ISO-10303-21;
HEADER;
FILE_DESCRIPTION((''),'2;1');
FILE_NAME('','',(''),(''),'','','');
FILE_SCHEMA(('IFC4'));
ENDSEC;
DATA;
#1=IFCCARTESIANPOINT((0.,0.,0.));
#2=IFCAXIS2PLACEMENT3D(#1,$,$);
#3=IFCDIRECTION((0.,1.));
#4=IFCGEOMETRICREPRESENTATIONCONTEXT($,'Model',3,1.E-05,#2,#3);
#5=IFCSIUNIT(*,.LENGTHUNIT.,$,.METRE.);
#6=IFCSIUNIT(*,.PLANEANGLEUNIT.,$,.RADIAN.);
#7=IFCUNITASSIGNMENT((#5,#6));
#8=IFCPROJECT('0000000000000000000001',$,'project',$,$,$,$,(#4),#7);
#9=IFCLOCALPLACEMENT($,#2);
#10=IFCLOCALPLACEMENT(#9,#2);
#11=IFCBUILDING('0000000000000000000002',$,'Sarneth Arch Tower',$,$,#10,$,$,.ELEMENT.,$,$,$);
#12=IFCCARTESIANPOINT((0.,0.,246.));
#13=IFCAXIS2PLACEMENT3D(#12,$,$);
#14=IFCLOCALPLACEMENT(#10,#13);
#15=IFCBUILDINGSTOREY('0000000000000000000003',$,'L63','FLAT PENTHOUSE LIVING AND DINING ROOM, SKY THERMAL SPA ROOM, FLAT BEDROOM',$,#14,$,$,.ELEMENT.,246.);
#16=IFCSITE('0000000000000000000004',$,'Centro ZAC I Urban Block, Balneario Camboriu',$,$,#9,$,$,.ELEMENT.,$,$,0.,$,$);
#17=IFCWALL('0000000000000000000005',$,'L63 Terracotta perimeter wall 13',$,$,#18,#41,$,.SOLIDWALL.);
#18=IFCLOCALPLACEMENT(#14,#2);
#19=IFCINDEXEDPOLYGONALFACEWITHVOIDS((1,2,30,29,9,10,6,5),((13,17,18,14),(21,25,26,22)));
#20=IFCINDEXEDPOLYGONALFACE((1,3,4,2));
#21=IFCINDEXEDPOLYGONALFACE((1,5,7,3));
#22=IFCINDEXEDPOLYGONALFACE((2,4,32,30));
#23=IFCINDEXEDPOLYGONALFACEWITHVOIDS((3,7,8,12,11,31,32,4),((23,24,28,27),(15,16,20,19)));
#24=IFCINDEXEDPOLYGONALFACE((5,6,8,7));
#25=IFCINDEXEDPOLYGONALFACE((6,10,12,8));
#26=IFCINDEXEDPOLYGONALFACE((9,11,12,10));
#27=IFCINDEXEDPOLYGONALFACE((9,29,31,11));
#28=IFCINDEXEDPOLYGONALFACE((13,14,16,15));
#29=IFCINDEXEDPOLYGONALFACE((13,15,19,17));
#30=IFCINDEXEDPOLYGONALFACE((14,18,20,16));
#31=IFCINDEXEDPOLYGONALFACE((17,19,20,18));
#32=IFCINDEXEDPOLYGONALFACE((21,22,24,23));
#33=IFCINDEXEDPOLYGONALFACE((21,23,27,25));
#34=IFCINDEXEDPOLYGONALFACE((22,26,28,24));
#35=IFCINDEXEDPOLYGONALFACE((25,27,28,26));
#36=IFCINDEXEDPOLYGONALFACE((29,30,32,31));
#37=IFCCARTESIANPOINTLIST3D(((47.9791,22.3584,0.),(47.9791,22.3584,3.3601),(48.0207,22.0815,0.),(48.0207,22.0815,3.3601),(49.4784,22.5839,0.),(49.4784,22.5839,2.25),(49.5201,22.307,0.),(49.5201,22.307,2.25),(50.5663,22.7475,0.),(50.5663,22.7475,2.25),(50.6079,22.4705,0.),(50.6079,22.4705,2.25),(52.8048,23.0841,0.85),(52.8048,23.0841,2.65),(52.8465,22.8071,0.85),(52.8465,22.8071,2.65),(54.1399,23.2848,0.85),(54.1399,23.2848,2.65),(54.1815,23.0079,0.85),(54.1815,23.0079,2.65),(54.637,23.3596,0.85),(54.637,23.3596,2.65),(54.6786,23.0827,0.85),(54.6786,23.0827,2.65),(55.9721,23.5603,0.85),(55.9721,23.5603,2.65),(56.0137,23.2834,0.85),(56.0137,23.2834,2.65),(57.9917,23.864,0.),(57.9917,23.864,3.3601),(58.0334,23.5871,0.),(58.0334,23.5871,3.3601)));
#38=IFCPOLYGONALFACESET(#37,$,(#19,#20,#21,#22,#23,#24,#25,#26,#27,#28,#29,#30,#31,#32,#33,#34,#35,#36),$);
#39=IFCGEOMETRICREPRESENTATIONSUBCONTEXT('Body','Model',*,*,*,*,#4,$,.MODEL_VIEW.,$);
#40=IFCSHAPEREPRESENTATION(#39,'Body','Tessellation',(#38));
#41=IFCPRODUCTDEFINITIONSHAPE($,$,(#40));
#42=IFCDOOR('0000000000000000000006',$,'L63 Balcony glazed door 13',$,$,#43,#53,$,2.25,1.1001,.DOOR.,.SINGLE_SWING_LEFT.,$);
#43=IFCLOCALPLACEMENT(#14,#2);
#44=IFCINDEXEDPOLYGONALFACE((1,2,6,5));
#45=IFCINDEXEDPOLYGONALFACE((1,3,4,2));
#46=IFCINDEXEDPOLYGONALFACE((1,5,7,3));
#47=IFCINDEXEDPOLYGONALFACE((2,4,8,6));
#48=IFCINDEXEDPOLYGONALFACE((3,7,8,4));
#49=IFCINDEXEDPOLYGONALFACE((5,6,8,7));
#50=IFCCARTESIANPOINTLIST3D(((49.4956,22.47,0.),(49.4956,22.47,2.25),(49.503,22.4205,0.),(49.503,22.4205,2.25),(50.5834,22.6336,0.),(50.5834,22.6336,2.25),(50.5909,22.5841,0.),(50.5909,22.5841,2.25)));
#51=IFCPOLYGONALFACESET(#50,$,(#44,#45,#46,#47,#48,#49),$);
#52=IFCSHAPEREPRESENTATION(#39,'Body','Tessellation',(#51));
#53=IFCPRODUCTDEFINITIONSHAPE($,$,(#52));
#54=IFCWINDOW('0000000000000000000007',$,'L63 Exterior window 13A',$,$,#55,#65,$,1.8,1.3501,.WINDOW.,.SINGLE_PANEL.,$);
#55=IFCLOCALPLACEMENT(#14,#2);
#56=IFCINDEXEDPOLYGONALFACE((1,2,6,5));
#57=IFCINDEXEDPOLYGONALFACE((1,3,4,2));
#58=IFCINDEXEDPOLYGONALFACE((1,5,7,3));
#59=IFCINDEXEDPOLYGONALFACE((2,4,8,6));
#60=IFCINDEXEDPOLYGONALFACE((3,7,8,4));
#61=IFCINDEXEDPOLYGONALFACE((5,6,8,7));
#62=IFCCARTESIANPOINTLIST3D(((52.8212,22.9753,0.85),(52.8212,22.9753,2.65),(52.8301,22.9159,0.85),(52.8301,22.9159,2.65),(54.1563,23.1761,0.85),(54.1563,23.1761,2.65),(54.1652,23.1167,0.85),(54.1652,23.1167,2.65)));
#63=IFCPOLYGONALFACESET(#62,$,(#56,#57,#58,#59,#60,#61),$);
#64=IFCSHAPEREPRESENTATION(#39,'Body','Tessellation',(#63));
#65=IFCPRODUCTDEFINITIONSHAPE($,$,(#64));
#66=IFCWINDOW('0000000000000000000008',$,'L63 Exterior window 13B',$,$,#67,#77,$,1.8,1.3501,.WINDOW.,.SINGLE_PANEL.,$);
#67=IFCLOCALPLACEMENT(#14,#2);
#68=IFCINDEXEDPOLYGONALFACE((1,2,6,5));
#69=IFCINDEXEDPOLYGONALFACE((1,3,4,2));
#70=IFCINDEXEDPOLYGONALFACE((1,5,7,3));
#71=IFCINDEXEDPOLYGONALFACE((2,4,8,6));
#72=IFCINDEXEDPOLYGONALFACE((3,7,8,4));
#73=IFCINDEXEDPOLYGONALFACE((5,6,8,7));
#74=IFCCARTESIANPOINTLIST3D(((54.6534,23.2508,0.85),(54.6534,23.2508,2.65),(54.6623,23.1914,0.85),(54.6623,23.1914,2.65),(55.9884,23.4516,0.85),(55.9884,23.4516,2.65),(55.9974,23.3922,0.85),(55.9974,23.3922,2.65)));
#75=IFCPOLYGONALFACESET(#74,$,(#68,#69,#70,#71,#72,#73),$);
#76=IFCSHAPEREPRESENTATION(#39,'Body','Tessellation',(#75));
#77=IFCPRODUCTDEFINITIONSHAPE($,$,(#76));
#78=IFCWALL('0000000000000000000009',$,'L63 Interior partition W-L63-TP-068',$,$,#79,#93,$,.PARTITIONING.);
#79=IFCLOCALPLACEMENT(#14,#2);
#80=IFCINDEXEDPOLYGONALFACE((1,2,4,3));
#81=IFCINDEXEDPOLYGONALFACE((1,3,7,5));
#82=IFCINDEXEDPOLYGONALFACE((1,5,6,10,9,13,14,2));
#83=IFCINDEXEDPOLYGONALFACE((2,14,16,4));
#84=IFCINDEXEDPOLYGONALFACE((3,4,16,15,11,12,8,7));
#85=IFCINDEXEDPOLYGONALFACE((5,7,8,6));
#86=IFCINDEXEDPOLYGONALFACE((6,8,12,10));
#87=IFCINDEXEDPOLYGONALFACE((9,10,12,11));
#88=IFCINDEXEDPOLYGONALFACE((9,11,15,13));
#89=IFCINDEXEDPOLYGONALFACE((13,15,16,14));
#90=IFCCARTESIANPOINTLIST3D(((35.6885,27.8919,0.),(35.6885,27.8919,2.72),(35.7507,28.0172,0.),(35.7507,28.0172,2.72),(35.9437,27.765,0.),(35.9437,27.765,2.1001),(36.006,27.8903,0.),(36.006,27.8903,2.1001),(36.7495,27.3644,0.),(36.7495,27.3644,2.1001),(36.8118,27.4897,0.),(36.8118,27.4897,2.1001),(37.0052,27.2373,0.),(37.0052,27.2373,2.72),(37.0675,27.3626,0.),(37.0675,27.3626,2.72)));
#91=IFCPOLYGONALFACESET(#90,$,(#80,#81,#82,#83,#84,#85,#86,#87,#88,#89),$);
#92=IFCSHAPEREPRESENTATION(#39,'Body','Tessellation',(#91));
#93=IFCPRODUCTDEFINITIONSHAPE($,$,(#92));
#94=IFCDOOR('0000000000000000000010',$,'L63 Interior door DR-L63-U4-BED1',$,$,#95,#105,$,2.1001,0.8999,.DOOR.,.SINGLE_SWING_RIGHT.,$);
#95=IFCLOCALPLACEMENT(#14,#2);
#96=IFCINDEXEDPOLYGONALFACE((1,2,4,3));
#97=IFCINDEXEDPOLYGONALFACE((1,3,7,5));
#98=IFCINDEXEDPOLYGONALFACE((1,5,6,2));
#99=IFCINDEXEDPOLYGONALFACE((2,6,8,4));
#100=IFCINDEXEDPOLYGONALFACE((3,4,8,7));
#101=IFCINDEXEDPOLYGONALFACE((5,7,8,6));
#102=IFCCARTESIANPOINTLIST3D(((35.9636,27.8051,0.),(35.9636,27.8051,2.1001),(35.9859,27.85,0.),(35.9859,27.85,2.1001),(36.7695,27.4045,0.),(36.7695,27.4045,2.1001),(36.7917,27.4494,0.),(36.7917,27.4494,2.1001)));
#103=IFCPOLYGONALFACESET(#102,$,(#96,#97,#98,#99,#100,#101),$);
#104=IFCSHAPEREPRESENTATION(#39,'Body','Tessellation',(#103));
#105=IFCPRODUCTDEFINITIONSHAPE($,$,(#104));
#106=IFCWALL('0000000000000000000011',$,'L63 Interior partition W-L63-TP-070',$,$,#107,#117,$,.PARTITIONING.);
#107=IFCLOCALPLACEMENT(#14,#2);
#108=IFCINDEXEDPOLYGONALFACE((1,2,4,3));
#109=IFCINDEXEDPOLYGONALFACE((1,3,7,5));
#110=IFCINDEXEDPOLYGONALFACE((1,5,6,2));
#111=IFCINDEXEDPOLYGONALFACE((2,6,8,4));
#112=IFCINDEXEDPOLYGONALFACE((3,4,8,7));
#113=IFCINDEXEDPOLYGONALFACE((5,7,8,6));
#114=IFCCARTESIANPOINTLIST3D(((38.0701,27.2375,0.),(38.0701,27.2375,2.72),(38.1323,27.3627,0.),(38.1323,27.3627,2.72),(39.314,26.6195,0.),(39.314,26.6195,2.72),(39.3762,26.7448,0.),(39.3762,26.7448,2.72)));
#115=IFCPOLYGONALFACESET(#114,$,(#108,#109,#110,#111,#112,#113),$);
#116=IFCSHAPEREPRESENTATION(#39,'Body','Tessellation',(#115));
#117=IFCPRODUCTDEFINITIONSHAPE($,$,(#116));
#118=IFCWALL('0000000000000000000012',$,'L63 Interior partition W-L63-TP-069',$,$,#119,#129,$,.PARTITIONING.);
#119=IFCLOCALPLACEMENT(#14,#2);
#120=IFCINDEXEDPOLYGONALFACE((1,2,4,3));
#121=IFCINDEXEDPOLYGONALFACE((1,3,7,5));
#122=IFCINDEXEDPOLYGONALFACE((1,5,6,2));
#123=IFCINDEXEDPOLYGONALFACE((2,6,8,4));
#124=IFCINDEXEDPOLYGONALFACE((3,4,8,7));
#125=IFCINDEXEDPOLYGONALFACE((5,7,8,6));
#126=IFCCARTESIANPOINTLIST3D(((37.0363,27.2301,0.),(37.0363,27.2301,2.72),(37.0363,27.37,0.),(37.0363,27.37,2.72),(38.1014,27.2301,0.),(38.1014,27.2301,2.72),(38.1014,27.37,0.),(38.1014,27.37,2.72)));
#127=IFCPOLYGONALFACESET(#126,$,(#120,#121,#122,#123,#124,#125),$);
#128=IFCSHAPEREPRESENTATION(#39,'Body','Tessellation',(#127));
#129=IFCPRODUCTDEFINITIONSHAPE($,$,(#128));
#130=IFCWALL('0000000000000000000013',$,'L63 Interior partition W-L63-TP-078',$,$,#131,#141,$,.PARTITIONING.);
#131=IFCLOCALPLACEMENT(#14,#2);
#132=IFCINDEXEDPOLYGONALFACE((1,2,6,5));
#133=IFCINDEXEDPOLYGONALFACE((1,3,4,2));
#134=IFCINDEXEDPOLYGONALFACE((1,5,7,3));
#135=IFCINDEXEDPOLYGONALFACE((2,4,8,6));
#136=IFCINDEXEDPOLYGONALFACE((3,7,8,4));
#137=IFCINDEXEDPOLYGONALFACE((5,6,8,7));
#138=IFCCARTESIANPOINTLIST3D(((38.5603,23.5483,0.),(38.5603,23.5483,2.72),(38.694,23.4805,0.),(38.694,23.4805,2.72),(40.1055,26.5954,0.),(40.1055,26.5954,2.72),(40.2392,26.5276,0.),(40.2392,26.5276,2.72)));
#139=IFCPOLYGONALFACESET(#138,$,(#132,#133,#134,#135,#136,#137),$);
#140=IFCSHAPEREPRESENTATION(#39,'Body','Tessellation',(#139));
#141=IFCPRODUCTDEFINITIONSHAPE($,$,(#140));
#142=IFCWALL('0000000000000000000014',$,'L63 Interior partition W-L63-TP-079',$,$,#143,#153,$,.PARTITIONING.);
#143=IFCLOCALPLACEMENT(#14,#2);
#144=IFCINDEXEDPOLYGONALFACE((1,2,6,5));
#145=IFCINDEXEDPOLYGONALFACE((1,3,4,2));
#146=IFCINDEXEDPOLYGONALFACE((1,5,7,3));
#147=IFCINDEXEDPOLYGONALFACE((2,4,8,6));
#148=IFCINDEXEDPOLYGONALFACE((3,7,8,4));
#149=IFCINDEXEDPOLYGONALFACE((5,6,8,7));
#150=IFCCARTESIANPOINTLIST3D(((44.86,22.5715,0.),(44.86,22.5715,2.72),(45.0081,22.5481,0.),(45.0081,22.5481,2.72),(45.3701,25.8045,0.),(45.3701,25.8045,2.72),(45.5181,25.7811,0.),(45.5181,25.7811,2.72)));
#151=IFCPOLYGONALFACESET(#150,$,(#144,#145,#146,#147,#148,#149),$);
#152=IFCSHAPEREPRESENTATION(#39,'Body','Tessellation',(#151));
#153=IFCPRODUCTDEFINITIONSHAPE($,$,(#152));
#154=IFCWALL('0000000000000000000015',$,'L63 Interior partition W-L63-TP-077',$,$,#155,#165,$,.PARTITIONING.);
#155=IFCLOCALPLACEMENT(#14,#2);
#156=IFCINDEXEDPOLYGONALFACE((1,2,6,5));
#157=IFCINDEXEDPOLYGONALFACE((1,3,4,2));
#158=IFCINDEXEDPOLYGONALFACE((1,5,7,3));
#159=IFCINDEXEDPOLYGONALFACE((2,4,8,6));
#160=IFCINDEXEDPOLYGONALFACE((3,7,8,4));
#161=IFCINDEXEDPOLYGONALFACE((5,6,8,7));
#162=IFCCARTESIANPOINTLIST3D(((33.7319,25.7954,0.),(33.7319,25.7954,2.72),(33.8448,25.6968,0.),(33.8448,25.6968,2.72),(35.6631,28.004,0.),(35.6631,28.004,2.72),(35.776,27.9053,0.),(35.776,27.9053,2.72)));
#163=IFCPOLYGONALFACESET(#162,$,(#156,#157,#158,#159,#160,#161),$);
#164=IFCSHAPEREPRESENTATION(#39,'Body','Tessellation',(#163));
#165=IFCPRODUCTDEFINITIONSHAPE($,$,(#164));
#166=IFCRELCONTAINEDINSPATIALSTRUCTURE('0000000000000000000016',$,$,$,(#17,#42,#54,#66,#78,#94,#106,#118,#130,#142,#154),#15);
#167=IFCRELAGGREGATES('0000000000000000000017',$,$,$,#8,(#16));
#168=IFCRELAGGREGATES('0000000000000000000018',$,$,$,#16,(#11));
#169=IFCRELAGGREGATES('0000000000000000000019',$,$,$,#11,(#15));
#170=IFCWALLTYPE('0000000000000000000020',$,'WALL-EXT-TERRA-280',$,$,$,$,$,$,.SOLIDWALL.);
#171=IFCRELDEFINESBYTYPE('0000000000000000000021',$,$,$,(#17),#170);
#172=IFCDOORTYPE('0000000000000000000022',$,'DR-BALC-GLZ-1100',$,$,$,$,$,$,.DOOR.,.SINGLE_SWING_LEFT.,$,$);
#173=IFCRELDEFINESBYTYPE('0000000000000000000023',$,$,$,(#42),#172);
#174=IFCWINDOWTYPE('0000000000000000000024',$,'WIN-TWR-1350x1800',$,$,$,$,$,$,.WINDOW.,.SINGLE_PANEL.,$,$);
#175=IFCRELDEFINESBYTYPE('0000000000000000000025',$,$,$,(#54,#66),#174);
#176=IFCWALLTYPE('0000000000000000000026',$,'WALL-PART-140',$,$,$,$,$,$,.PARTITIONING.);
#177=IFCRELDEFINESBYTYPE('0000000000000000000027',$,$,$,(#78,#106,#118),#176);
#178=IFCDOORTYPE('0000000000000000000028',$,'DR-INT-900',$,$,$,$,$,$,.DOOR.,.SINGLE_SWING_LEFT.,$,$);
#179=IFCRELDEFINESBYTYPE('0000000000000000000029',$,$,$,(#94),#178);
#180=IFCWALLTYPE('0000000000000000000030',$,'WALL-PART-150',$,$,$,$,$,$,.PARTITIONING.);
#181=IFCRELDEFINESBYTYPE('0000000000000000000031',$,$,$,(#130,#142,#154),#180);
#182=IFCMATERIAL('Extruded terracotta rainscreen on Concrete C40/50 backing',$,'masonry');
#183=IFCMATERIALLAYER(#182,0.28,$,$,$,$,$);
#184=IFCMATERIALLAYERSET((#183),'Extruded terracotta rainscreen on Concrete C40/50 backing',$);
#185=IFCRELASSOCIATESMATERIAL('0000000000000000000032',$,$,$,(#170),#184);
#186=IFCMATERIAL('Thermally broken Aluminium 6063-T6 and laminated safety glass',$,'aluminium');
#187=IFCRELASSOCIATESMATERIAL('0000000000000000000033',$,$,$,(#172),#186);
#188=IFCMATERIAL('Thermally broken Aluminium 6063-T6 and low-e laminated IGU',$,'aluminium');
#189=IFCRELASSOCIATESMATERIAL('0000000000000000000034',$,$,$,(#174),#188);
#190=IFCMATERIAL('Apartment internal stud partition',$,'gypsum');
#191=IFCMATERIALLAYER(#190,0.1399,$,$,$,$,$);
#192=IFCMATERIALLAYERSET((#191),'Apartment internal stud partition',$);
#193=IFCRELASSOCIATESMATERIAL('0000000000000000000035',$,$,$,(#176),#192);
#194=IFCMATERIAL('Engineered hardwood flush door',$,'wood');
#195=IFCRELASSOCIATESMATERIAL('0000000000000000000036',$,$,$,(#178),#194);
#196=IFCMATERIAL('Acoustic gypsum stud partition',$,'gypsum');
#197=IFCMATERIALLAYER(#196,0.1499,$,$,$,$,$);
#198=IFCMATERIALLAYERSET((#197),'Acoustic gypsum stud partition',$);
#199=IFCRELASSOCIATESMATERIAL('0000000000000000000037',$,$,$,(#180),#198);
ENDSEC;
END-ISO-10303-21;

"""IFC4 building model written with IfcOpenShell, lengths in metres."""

from ifc_helpers import new_model, si_unit, direction, frame, frame_2d, origin, place, context, subcontext, project, spatial, rectangle, extrude, material, layer, layer_set, type_object, element, fill, save


model = new_model("IFC4")

# Units and contexts
model_context = context("Model", 3, precision=1e-05, world=origin(), true_north=direction((0.0, 1.0)))
body_context = subcontext(model_context, "Body", "Model", "MODEL_VIEW")
ifc_project = project(units=[si_unit("LENGTHUNIT", "METRE"), si_unit("PLANEANGLEUNIT", "RADIAN")], contexts=[model_context])

# Site, building, storey
site_placement = place(None, origin())
site = spatial("IfcSite", under=ifc_project, at=site_placement, Name="Centro ZAC I Urban Block, Balneario Camboriu", CompositionType="ELEMENT", RefElevation=0.0)
building_placement = place(site_placement, origin())
building = spatial("IfcBuilding", under=site, at=building_placement, Name="Sarneth Arch Tower", CompositionType="ELEMENT")
storey_placement = place(building_placement, frame((0.0, 0.0, 246.0)))
storey = spatial("IfcBuildingStorey", under=building, at=storey_placement, Name="L63", Description="FLAT PENTHOUSE LIVING AND DINING ROOM, SKY THERMAL SPA ROOM, FLAT BEDROOM", CompositionType="ELEMENT", Elevation=246.0)

# Wall, openings, door, windows
ifc_material_1 = material(Name="Extruded terracotta rainscreen on Concrete C40/50 backing", Category="masonry")
ifc_layer_1 = layer(ifc_material_1, 0.28)
ifc_layer_set_1 = layer_set([ifc_layer_1], Name="Extruded terracotta rainscreen on Concrete C40/50 backing")
wall_type_1 = type_object("IfcWallType", Name="WALL-EXT-TERRA-280", PredefinedType="SOLIDWALL", material=ifc_layer_set_1)
wall_1_placement = place(storey_placement, frame((48.0, 22.22, 0.0), z_axis=(0.0, 0.0, 1.0), x_axis=(0.988883, 0.148699, 0.0)))
wall_1 = element("IfcWall", 1, at=wall_1_placement, inside=storey, type_object=wall_type_1, Name="L63 Terracotta perimeter wall 13", PredefinedType="SOLIDWALL", context=body_context, shape_type="SweptSolid", body=[
    extrude(rectangle(XDim=10.1252, YDim=0.28, at=frame_2d((5.0625, 0.0))), origin(), (0.0, 0.0, 1.0), 3.3601),
])
opening_1_placement = place(wall_1_placement, frame((1.5161, 0.0, 0.0)))
opening_1 = element("IfcOpeningElement", 2, at=opening_1_placement, cuts=wall_1, PredefinedType="OPENING", context=body_context, shape_type="SweptSolid", body=[
    extrude(rectangle(XDim=1.1001, YDim=2.25, at=frame_2d((0.55, 1.125))), frame((0.0, 0.1499, 0.0), z_axis=(0.0, -1.0, 0.0), x_axis=(1.0, 0.0, 0.0)), (0.0, 0.0, 1.0), 0.3),
])
opening_2_placement = place(wall_1_placement, frame((4.8799, 0.0, 0.8501)))
opening_2 = element("IfcOpeningElement", 3, at=opening_2_placement, cuts=wall_1, PredefinedType="OPENING", context=body_context, shape_type="SweptSolid", body=[
    extrude(rectangle(XDim=1.3501, YDim=1.8, at=frame_2d((0.675, 0.8999))), frame((0.0, 0.1499, 0.0), z_axis=(0.0, -1.0, 0.0), x_axis=(1.0, 0.0, 0.0)), (0.0, 0.0, 1.0), 0.3),
])
opening_3_placement = place(wall_1_placement, frame((6.7327, 0.0, 0.8501)))
opening_3 = element("IfcOpeningElement", 4, at=opening_3_placement, cuts=wall_1, PredefinedType="OPENING", context=body_context, shape_type="SweptSolid", body=[
    extrude(rectangle(XDim=1.3501, YDim=1.8, at=frame_2d((0.675, 0.8999))), frame((0.0, 0.1499, 0.0), z_axis=(0.0, -1.0, 0.0), x_axis=(1.0, 0.0, 0.0)), (0.0, 0.0, 1.0), 0.3),
])
ifc_material_2 = material(Name="Thermally broken Aluminium 6063-T6 and laminated safety glass", Category="aluminium")
door_type_1 = type_object("IfcDoorType", Name="DR-BALC-GLZ-1100", OperationType="SINGLE_SWING_LEFT", PredefinedType="DOOR", material=ifc_material_2)
door_1_placement = place(opening_1_placement, origin())
door_1 = element("IfcDoor", 5, at=door_1_placement, inside=storey, type_object=door_type_1, Name="L63 Balcony glazed door 13", OperationType="SINGLE_SWING_LEFT", OverallHeight=2.25, OverallWidth=1.1001, PredefinedType="DOOR", context=body_context, shape_type="SweptSolid", body=[
    extrude(rectangle(XDim=1.1001, YDim=2.25, at=frame_2d((0.55, 1.125))), frame((0.0, 0.0249, 0.0), z_axis=(0.0, -1.0, 0.0), x_axis=(1.0, 0.0, 0.0)), (0.0, 0.0, 1.0), 0.05),
])
fill(opening_1, door_1)
ifc_material_3 = material(Name="Thermally broken Aluminium 6063-T6 and low-e laminated IGU", Category="aluminium")
window_type_1 = type_object("IfcWindowType", Name="WIN-TWR-1350x1800", PartitioningType="SINGLE_PANEL", PredefinedType="WINDOW", material=ifc_material_3)
window_1_placement = place(opening_2_placement, origin())
window_1 = element("IfcWindow", 6, at=window_1_placement, inside=storey, type_object=window_type_1, Name="L63 Exterior window 13A", OverallHeight=1.8, OverallWidth=1.3501, PartitioningType="SINGLE_PANEL", PredefinedType="WINDOW", context=body_context, shape_type="SweptSolid", body=[
    extrude(rectangle(XDim=1.3501, YDim=1.8, at=frame_2d((0.675, 0.8999))), frame((0.0, 0.03, 0.0), z_axis=(0.0, -1.0, 0.0), x_axis=(1.0, 0.0, 0.0)), (0.0, 0.0, 1.0), 0.0601),
])
fill(opening_2, window_1)
window_2_placement = place(opening_3_placement, origin())
window_2 = element("IfcWindow", 7, at=window_2_placement, inside=storey, type_object=window_type_1, Name="L63 Exterior window 13B", OverallHeight=1.8, OverallWidth=1.3501, PartitioningType="SINGLE_PANEL", PredefinedType="WINDOW", context=body_context, shape_type="SweptSolid", body=[
    extrude(rectangle(XDim=1.3501, YDim=1.8, at=frame_2d((0.675, 0.8999))), frame((0.0, 0.03, 0.0), z_axis=(0.0, -1.0, 0.0), x_axis=(1.0, 0.0, 0.0)), (0.0, 0.0, 1.0), 0.0601),
])
fill(opening_3, window_2)

# Wall, opening, door
ifc_material_4 = material(Name="Apartment internal stud partition", Category="gypsum")
ifc_layer_2 = layer(ifc_material_4, 0.1399)
ifc_layer_set_2 = layer_set([ifc_layer_2], Name="Apartment internal stud partition")
wall_type_2 = type_object("IfcWallType", Name="WALL-PART-140", PredefinedType="PARTITIONING", material=ifc_layer_set_2)
wall_2_placement = place(storey_placement, frame((35.7195, 27.9546, 0.0), z_axis=(0.0, 0.0, 1.0), x_axis=(0.895454, -0.445154, 0.0)))
wall_2 = element("IfcWall", 8, at=wall_2_placement, inside=storey, type_object=wall_type_2, Name="L63 Interior partition W-L63-TP-068", PredefinedType="PARTITIONING", context=body_context, shape_type="SweptSolid", body=[
    extrude(rectangle(XDim=1.4705, YDim=0.1399, at=frame_2d((0.7354, 0.0))), origin(), (0.0, 0.0, 1.0), 2.72),
])
opening_4_placement = place(wall_2_placement, frame((0.2852, 0.0, 0.0)))
opening_4 = element("IfcOpeningElement", 9, at=opening_4_placement, cuts=wall_2, PredefinedType="OPENING", context=body_context, shape_type="SweptSolid", body=[
    extrude(rectangle(XDim=0.8999, YDim=2.1001, at=frame_2d((0.45, 1.05))), frame((0.0, 0.0798, 0.0), z_axis=(0.0, -1.0, 0.0), x_axis=(1.0, 0.0, 0.0)), (0.0, 0.0, 1.0), 0.1599),
])
ifc_material_5 = material(Name="Engineered hardwood flush door", Category="wood")
door_type_2 = type_object("IfcDoorType", Name="DR-INT-900", OperationType="SINGLE_SWING_LEFT", PredefinedType="DOOR", material=ifc_material_5)
door_2_placement = place(opening_4_placement, origin())
door_2 = element("IfcDoor", 10, at=door_2_placement, inside=storey, type_object=door_type_2, Name="L63 Interior door DR-L63-U4-BED1", OperationType="SINGLE_SWING_RIGHT", OverallHeight=2.1001, OverallWidth=0.8999, PredefinedType="DOOR", context=body_context, shape_type="SweptSolid", body=[
    extrude(rectangle(XDim=0.8999, YDim=2.1001, at=frame_2d((0.45, 1.05))), frame((0.0, 0.0249, 0.0), z_axis=(0.0, -1.0, 0.0), x_axis=(1.0, 0.0, 0.0)), (0.0, 0.0, 1.0), 0.05),
])
fill(opening_4, door_2)

# Walls
wall_3_placement = place(storey_placement, frame((38.1013, 27.3, 0.0), z_axis=(0.0, 0.0, 1.0), x_axis=(0.895584, -0.444892, 0.0)))
element("IfcWall", 11, at=wall_3_placement, inside=storey, type_object=wall_type_2, Name="L63 Interior partition W-L63-TP-070", PredefinedType="PARTITIONING", context=body_context, shape_type="SweptSolid", body=[
    extrude(rectangle(XDim=1.3889, YDim=0.1399, at=frame_2d((0.6943, 0.0))), origin(), (0.0, 0.0, 1.0), 2.72),
])
wall_4_placement = place(storey_placement, frame((37.0361, 27.3, 0.0), z_axis=(0.0, 0.0, 1.0), x_axis=(1.0, 0.0, 0.0)))
element("IfcWall", 12, at=wall_4_placement, inside=storey, type_object=wall_type_2, Name="L63 Interior partition W-L63-TP-069", PredefinedType="PARTITIONING", context=body_context, shape_type="SweptSolid", body=[
    extrude(rectangle(XDim=1.0652, YDim=0.1399, at=frame_2d((0.5327, 0.0))), origin(), (0.0, 0.0, 1.0), 2.72),
])
ifc_material_6 = material(Name="Acoustic gypsum stud partition", Category="gypsum")
ifc_layer_3 = layer(ifc_material_6, 0.1499)
ifc_layer_set_3 = layer_set([ifc_layer_3], Name="Acoustic gypsum stud partition")
wall_type_3 = type_object("IfcWallType", Name="WALL-PART-150", PredefinedType="PARTITIONING", material=ifc_layer_set_3)
wall_5_placement = place(storey_placement, frame((40.1724, 26.5615, 0.0), z_axis=(0.0, 0.0, 1.0), x_axis=(-0.452266, -0.891883, 0.0)))
element("IfcWall", 13, at=wall_5_placement, inside=storey, type_object=wall_type_3, Name="L63 Interior partition W-L63-TP-078", PredefinedType="PARTITIONING", context=body_context, shape_type="SweptSolid", body=[
    extrude(rectangle(XDim=3.4165, YDim=0.1499, at=frame_2d((1.7083, 0.0))), origin(), (0.0, 0.0, 1.0), 2.72),
])
wall_6_placement = place(storey_placement, frame((44.9341, 22.5598, 0.0), z_axis=(0.0, 0.0, 1.0), x_axis=(0.155829, 0.987784, 0.0)))
element("IfcWall", 14, at=wall_6_placement, inside=storey, type_object=wall_type_3, Name="L63 Interior partition W-L63-TP-079", PredefinedType="PARTITIONING", context=body_context, shape_type="SweptSolid", body=[
    extrude(rectangle(XDim=3.2729, YDim=0.1499, at=frame_2d((1.6365, 0.0))), origin(), (0.0, 0.0, 1.0), 2.72),
])
wall_7_placement = place(storey_placement, frame((35.7195, 27.9546, 0.0), z_axis=(0.0, 0.0, 1.0), x_axis=(-0.658257, -0.752793, 0.0)))
element("IfcWall", 15, at=wall_7_placement, inside=storey, type_object=wall_type_3, Name="L63 Interior partition W-L63-TP-077", PredefinedType="PARTITIONING", context=body_context, shape_type="SweptSolid", body=[
    extrude(rectangle(XDim=2.9338, YDim=0.1499, at=frame_2d((1.4668, 0.0))), origin(), (0.0, 0.0, 1.0), 2.72),
])

save(model, "model.ifc")
